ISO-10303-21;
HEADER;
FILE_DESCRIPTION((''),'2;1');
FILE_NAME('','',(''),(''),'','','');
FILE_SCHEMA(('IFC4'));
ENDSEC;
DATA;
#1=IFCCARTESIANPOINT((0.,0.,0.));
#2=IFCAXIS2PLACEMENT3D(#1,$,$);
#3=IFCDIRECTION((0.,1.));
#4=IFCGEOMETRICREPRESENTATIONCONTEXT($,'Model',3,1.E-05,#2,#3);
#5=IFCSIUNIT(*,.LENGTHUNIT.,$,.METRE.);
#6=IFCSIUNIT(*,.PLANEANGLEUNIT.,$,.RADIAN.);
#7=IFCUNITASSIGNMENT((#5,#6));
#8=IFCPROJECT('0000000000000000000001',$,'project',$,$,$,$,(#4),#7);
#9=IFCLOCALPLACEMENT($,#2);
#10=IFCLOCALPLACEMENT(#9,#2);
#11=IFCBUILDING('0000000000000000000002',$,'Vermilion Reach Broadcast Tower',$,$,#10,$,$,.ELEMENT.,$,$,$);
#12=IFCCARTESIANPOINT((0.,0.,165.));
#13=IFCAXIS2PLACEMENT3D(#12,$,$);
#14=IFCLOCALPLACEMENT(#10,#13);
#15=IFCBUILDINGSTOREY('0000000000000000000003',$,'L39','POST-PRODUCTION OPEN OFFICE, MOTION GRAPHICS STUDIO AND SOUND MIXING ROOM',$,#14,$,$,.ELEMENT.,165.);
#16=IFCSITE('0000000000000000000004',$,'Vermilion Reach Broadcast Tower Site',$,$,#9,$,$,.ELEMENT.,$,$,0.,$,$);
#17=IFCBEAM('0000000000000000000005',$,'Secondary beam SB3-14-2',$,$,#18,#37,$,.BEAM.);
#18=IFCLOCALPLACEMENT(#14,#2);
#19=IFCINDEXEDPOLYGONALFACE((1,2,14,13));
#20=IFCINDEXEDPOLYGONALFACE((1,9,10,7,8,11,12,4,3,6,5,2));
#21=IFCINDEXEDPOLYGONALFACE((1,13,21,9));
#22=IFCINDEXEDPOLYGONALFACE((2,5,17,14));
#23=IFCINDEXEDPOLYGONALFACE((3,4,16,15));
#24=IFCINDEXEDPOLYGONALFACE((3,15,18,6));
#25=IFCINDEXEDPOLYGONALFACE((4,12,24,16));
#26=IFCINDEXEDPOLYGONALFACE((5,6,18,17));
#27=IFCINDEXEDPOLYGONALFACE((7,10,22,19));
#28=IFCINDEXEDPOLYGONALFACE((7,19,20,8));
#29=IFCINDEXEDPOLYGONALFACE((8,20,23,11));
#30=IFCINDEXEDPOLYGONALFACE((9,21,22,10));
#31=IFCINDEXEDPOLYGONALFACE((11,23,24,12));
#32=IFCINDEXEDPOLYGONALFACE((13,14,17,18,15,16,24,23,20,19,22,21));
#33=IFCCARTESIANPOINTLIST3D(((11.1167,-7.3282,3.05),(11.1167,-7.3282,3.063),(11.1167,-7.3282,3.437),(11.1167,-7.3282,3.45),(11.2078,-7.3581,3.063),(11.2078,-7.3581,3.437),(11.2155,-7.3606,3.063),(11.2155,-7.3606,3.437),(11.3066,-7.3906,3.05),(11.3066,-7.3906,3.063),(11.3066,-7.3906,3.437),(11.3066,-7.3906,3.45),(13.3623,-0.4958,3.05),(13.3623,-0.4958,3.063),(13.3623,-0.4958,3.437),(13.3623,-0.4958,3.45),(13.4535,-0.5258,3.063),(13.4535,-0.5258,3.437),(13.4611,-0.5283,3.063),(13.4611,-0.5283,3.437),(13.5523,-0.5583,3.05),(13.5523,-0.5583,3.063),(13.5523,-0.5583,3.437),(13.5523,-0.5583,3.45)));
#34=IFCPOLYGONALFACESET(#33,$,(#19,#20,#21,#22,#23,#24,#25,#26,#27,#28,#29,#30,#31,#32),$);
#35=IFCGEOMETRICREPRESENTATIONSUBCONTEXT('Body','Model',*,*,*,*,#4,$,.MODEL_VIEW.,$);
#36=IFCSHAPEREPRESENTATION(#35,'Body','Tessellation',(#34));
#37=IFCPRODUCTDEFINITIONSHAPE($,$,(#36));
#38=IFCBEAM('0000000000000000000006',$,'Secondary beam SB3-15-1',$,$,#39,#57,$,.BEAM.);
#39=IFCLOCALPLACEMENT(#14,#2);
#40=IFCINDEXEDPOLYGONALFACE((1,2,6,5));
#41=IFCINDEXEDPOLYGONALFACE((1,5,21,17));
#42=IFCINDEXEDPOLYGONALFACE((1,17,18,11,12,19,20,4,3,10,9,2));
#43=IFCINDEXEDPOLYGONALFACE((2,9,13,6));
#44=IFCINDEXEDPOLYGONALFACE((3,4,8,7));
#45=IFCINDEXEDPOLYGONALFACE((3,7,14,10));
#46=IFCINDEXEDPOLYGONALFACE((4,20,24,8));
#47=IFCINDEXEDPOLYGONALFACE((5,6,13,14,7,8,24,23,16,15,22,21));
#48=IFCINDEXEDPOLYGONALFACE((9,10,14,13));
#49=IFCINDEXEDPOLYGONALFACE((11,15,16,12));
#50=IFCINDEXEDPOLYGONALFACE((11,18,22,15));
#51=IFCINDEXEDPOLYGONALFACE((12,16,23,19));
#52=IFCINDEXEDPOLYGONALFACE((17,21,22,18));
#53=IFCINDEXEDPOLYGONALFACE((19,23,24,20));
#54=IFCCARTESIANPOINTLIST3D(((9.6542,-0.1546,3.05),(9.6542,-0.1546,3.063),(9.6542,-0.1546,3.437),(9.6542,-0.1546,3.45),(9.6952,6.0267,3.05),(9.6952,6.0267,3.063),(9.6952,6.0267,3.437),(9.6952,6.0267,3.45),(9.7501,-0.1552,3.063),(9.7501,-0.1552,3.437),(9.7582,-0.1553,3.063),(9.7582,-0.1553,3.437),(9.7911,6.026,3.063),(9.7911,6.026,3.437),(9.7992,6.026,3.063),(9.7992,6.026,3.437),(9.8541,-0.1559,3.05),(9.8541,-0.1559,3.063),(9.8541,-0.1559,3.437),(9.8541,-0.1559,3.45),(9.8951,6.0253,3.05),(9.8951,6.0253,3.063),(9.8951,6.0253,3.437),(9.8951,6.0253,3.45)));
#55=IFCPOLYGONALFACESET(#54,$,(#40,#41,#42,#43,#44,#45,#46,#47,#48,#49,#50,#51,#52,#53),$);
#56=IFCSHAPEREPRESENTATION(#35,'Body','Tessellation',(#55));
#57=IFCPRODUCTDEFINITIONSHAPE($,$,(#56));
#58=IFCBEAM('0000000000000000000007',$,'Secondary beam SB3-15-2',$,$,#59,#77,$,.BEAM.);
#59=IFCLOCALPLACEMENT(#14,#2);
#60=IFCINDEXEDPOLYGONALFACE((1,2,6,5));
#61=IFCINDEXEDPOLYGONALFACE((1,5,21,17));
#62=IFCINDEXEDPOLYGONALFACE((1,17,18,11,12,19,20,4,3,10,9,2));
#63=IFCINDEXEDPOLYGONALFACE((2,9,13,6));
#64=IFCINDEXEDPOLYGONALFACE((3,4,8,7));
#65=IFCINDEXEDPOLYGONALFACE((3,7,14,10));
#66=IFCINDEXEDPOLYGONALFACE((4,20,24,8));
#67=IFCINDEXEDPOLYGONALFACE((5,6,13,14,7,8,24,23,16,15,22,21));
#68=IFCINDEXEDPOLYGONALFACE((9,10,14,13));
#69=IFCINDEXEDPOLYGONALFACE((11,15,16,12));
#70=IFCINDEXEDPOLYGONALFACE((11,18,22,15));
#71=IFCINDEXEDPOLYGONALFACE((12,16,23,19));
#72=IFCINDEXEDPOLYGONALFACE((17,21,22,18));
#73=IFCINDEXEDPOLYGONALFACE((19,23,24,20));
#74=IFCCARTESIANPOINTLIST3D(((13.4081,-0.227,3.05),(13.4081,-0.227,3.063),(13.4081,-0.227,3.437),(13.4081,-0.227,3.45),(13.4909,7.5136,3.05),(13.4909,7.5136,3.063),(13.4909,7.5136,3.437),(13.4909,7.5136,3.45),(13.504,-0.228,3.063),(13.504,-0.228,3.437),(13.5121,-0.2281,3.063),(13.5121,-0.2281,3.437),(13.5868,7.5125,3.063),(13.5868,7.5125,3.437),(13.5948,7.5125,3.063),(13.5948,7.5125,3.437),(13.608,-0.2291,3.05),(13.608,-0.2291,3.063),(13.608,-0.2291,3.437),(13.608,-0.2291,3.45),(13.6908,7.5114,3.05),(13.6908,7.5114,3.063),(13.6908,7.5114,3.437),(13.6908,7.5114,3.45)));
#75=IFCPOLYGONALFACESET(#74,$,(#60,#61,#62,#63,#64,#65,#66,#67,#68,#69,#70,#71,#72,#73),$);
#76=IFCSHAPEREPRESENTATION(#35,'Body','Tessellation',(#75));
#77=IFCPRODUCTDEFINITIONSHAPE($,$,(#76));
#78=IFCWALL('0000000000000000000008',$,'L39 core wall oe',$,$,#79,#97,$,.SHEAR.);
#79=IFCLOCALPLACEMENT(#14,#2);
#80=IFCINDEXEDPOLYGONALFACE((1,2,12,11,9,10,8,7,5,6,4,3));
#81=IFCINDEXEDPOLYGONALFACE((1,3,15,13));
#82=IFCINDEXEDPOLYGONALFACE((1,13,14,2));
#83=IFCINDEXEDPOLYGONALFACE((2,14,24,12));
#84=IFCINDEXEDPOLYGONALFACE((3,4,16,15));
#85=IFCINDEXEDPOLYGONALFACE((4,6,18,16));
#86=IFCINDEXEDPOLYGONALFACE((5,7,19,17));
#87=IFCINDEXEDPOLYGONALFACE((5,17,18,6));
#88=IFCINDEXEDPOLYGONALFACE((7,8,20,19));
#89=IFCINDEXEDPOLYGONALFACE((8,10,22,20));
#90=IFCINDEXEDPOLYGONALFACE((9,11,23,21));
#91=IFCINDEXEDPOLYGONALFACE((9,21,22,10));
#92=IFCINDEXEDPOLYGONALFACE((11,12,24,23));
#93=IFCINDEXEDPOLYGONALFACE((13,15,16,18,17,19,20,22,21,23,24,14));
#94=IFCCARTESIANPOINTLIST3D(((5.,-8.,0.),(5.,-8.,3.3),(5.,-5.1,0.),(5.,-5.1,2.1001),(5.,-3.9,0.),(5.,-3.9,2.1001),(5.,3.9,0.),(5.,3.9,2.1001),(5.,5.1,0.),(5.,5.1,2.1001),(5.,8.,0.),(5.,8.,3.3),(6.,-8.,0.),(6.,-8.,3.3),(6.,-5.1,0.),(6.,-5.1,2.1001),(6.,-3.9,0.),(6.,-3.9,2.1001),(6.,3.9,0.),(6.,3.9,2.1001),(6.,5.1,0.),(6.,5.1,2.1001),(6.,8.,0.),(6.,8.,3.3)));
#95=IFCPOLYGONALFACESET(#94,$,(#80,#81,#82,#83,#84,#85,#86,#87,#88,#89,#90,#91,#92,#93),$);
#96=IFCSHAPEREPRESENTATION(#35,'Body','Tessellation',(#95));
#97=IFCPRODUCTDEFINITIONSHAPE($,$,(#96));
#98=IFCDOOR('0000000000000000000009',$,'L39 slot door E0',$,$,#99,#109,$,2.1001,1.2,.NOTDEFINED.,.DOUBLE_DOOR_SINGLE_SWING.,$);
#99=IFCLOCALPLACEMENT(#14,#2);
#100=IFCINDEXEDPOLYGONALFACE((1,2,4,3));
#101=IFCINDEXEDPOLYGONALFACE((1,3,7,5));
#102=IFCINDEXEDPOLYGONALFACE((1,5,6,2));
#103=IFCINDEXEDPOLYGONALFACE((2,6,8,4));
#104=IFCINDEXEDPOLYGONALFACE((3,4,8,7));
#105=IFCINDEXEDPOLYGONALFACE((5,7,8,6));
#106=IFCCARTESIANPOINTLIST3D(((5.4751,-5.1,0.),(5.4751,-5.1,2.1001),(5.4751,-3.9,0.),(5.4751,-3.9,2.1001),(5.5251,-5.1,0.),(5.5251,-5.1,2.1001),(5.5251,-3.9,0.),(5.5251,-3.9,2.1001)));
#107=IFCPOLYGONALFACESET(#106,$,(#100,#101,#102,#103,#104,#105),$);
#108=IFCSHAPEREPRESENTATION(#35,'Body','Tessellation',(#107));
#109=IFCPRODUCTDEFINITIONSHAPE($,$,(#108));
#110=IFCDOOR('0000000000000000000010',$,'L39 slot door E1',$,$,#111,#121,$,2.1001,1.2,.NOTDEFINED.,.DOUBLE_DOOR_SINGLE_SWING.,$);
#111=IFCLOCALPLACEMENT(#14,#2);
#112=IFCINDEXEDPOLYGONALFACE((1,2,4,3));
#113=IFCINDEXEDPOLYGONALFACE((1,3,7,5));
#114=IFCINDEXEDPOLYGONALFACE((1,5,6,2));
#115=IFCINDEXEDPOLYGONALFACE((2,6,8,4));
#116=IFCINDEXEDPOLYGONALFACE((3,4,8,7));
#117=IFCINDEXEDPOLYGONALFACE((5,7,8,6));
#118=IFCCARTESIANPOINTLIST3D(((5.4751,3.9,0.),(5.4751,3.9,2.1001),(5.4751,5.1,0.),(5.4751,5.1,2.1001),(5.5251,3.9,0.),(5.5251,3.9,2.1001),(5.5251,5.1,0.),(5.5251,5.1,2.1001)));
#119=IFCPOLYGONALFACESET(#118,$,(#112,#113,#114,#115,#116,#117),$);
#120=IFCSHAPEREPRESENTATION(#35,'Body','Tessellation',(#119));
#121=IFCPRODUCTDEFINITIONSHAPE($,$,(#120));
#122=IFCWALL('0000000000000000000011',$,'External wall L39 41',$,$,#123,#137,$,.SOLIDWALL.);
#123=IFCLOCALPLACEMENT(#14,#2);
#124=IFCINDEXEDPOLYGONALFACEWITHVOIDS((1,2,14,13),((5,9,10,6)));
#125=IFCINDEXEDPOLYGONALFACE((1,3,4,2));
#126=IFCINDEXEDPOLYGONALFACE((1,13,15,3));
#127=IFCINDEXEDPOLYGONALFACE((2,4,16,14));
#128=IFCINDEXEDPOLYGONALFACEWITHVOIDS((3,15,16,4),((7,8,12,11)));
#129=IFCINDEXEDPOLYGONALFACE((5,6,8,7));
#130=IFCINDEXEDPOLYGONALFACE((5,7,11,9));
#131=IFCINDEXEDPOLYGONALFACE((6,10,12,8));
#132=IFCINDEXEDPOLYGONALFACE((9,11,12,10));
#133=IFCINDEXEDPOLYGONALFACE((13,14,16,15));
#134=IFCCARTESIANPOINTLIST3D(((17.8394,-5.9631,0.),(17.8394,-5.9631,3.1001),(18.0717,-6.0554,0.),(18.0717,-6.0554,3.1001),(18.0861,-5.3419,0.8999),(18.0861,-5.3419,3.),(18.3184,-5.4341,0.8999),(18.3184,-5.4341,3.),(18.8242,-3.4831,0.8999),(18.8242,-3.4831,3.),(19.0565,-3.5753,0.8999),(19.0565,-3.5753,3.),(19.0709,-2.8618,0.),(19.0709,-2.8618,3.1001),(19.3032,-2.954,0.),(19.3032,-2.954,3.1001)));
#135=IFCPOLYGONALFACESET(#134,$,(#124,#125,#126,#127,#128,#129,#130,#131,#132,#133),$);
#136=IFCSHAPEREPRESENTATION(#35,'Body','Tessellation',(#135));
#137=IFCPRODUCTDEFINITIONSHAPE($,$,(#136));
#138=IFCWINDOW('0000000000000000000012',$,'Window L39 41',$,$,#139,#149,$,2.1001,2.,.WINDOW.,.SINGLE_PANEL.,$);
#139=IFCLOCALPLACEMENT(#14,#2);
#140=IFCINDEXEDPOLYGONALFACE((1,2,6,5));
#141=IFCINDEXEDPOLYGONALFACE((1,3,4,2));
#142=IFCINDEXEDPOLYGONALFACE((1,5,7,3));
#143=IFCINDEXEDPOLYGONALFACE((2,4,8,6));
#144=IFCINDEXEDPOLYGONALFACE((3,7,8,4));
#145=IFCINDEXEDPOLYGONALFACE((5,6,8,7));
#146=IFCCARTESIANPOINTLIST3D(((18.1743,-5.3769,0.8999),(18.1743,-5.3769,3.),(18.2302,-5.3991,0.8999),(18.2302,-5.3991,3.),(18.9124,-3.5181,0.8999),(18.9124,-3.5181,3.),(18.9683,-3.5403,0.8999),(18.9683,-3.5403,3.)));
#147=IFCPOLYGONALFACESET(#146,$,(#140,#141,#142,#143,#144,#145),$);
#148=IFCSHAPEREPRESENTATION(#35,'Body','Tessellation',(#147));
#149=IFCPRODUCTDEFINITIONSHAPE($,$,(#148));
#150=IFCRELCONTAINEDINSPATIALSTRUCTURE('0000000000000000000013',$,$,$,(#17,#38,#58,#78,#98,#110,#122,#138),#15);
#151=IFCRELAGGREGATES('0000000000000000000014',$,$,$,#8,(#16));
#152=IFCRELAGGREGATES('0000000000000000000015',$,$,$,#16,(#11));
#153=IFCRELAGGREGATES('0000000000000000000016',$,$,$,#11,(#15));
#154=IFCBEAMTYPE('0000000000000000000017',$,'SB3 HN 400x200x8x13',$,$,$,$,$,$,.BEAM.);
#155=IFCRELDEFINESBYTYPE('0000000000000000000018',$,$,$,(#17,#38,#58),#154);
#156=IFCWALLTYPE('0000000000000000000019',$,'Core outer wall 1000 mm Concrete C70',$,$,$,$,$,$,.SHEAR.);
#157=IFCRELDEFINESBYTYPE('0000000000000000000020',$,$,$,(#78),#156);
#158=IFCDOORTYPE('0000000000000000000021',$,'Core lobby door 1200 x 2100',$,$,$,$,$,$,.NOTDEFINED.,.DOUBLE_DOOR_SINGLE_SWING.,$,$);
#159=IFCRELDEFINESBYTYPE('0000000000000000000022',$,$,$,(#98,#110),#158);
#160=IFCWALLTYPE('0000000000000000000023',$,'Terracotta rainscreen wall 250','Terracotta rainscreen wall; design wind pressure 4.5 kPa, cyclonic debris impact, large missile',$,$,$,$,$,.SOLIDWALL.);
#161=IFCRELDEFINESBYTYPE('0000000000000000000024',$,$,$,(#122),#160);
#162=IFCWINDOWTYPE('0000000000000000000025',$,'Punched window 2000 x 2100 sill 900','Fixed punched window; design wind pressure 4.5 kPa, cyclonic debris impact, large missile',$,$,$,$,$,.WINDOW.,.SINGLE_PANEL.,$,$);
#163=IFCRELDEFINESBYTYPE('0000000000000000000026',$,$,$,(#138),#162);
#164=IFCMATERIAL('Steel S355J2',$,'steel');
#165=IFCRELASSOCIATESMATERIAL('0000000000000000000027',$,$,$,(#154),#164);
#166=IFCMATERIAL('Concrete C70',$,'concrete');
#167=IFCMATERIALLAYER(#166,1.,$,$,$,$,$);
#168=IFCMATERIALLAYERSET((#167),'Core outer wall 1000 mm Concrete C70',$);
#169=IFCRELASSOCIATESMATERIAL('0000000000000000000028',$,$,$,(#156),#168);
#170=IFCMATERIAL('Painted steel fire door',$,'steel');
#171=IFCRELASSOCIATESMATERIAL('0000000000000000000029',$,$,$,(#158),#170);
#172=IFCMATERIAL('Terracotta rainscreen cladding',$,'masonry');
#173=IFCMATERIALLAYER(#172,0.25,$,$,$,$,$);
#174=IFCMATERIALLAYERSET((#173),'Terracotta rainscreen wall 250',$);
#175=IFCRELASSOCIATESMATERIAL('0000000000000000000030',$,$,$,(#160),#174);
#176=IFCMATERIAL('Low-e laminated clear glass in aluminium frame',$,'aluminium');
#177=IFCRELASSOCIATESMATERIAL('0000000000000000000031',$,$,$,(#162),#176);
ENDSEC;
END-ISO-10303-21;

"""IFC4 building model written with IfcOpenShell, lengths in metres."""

from ifc_helpers import new_model, si_unit, direction, frame, frame_2d, origin, origin_2d, place, context, subcontext, project, spatial, rectangle, i_section, extrude, material, layer, layer_set, material_profile, profile_set, type_object, element, fill, save


model = new_model("IFC4")

# Units and contexts
model_context = context("Model", 3, precision=1e-05, world=origin(), true_north=direction((0.0, 1.0)))
body_context = subcontext(model_context, "Body", "Model", "MODEL_VIEW")
ifc_project = project(units=[si_unit("LENGTHUNIT", "METRE"), si_unit("PLANEANGLEUNIT", "RADIAN")], contexts=[model_context])

# Site, building, storey
site_placement = place(None, origin())
site = spatial("IfcSite", under=ifc_project, at=site_placement, Name="Vermilion Reach Broadcast Tower Site", CompositionType="ELEMENT", RefElevation=0.0)
building_placement = place(site_placement, origin())
building = spatial("IfcBuilding", under=site, at=building_placement, Name="Vermilion Reach Broadcast Tower", CompositionType="ELEMENT")
storey_placement = place(building_placement, frame((0.0, 0.0, 165.0)))
storey = spatial("IfcBuildingStorey", under=building, at=storey_placement, Name="L39", Description="POST-PRODUCTION OPEN OFFICE, MOTION GRAPHICS STUDIO AND SOUND MIXING ROOM", CompositionType="ELEMENT", Elevation=165.0)

# Beams
ifc_material_1 = material(Name="Steel S355J2", Category="steel")
ifc_material_profile_1 = material_profile(ifc_material_1, i_section(OverallWidth=0.2, OverallDepth=0.3999, WebThickness=0.0081, FlangeThickness=0.0129, at=origin_2d()), Name="S355J2 HN 400x200x8x13")
ifc_profile_set_1 = profile_set([ifc_material_profile_1], Name="Steel S355J2")
beam_type_1 = type_object("IfcBeamType", Name="SB3 HN 400x200x8x13", PredefinedType="BEAM", material=ifc_profile_set_1)
beam_1_placement = place(storey_placement, frame((11.2117, -7.3594, 3.25), z_axis=(0.312243, 0.950002, 0.0), x_axis=(-0.950002, 0.312243, 0.0)))
element("IfcBeam", 1, at=beam_1_placement, inside=storey, type_object=beam_type_1, Name="Secondary beam SB3-14-2", PredefinedType="BEAM", context=body_context, shape_type="SweptSolid", body=[
    extrude(i_section(OverallWidth=0.2, OverallDepth=0.3999, WebThickness=0.0081, FlangeThickness=0.0129, at=origin_2d()), origin(), (0.0, 0.0, 1.0), 7.1919),
])
beam_2_placement = place(storey_placement, frame((9.7542, -0.1553, 3.25), z_axis=(0.006635, 0.999978, 0.0), x_axis=(-0.999978, 0.006635, 0.0)))
element("IfcBeam", 2, at=beam_2_placement, inside=storey, type_object=beam_type_1, Name="Secondary beam SB3-15-1", PredefinedType="BEAM", context=body_context, shape_type="SweptSolid", body=[
    extrude(i_section(OverallWidth=0.2, OverallDepth=0.3999, WebThickness=0.0081, FlangeThickness=0.0129, at=origin_2d()), origin(), (0.0, 0.0, 1.0), 6.1814),
])
beam_3_placement = place(storey_placement, frame((13.5081, -0.228, 3.25), z_axis=(0.010692, 0.999943, 0.0), x_axis=(-0.999943, 0.010692, 0.0)))
element("IfcBeam", 3, at=beam_3_placement, inside=storey, type_object=beam_type_1, Name="Secondary beam SB3-15-2", PredefinedType="BEAM", context=body_context, shape_type="SweptSolid", body=[
    extrude(i_section(OverallWidth=0.2, OverallDepth=0.3999, WebThickness=0.0081, FlangeThickness=0.0129, at=origin_2d()), origin(), (0.0, 0.0, 1.0), 7.741),
])

# Wall, openings, doors
ifc_material_2 = material(Name="Concrete C70", Category="concrete")
ifc_layer_1 = layer(ifc_material_2, 1.0)
ifc_layer_set_1 = layer_set([ifc_layer_1], Name="Core outer wall 1000 mm Concrete C70")
wall_type_1 = type_object("IfcWallType", Name="Core outer wall 1000 mm Concrete C70", PredefinedType="SHEAR", material=ifc_layer_set_1)
wall_1_placement = place(storey_placement, frame((5.5, -8.0, 0.0), z_axis=(0.0, 0.0, 1.0), x_axis=(0.0, 1.0, 0.0)))
wall_1 = element("IfcWall", 4, at=wall_1_placement, inside=storey, type_object=wall_type_1, Name="L39 core wall oe", PredefinedType="SHEAR", context=body_context, shape_type="SweptSolid", body=[
    extrude(rectangle(XDim=16.0, YDim=1.0, at=frame_2d((8.0, 0.0))), origin(), (0.0, 0.0, 1.0), 3.3),
])
opening_1_placement = place(wall_1_placement, frame((2.8999, 0.0, 0.0)))
opening_1 = element("IfcOpeningElement", 5, at=opening_1_placement, cuts=wall_1, PredefinedType="OPENING", context=body_context, shape_type="SweptSolid", body=[
    extrude(rectangle(XDim=1.2, YDim=2.1001, at=frame_2d((0.6001, 1.05))), frame((0.0, 0.51, 0.0), z_axis=(0.0, -1.0, 0.0), x_axis=(1.0, 0.0, 0.0)), (0.0, 0.0, 1.0), 1.02),
])
opening_2_placement = place(wall_1_placement, frame((11.8999, 0.0, 0.0)))
opening_2 = element("IfcOpeningElement", 6, at=opening_2_placement, cuts=wall_1, PredefinedType="OPENING", context=body_context, shape_type="SweptSolid", body=[
    extrude(rectangle(XDim=1.2, YDim=2.1001, at=frame_2d((0.6001, 1.05))), frame((0.0, 0.51, 0.0), z_axis=(0.0, -1.0, 0.0), x_axis=(1.0, 0.0, 0.0)), (0.0, 0.0, 1.0), 1.02),
])
ifc_material_3 = material(Name="Painted steel fire door", Category="steel")
door_type_1 = type_object("IfcDoorType", Name="Core lobby door 1200 x 2100", OperationType="DOUBLE_DOOR_SINGLE_SWING", PredefinedType="NOTDEFINED", material=ifc_material_3)
door_1_placement = place(opening_1_placement, origin())
door_1 = element("IfcDoor", 7, at=door_1_placement, inside=storey, type_object=door_type_1, Name="L39 slot door E0", OperationType="DOUBLE_DOOR_SINGLE_SWING", OverallHeight=2.1001, OverallWidth=1.2, PredefinedType="NOTDEFINED", context=body_context, shape_type="SweptSolid", body=[
    extrude(rectangle(XDim=1.2, YDim=2.1001, at=frame_2d((0.6001, 1.05))), frame((0.0, 0.0249, 0.0), z_axis=(0.0, -1.0, 0.0), x_axis=(1.0, 0.0, 0.0)), (0.0, 0.0, 1.0), 0.05),
])
fill(opening_1, door_1)
door_2_placement = place(opening_2_placement, origin())
door_2 = element("IfcDoor", 8, at=door_2_placement, inside=storey, type_object=door_type_1, Name="L39 slot door E1", OperationType="DOUBLE_DOOR_SINGLE_SWING", OverallHeight=2.1001, OverallWidth=1.2, PredefinedType="NOTDEFINED", context=body_context, shape_type="SweptSolid", body=[
    extrude(rectangle(XDim=1.2, YDim=2.1001, at=frame_2d((0.6001, 1.05))), frame((0.0, 0.0249, 0.0), z_axis=(0.0, -1.0, 0.0), x_axis=(1.0, 0.0, 0.0)), (0.0, 0.0, 1.0), 0.05),
])
fill(opening_2, door_2)

# Shared definitions
ifc_material_4 = material(Name="Terracotta rainscreen cladding", Category="masonry")
ifc_layer_2 = layer(ifc_material_4, 0.25)
ifc_layer_set_2 = layer_set([ifc_layer_2], Name="Terracotta rainscreen wall 250")
wall_type_2 = type_object("IfcWallType", Name="Terracotta rainscreen wall 250", Description="Terracotta rainscreen wall; design wind pressure 4.5 kPa, cyclonic debris impact, large missile", PredefinedType="SOLIDWALL", material=ifc_layer_set_2)

# Wall, opening, window
wall_2_placement = place(storey_placement, frame((17.9556, -6.0093, 0.0), z_axis=(0.0, 0.0, 1.0), x_axis=(0.369043, 0.929412, 0.0)))
wall_2 = element("IfcWall", 9, at=wall_2_placement, inside=storey, type_object=wall_type_2, Name="External wall L39 41", PredefinedType="SOLIDWALL", context=body_context, shape_type="SweptSolid", body=[
    extrude(rectangle(XDim=3.3369, YDim=0.25, at=frame_2d((1.6685, 0.0))), origin(), (0.0, 0.0, 1.0), 3.1001),
])
opening_3_placement = place(wall_2_placement, frame((0.6685, 0.0, 0.8999)))
opening_3 = element("IfcOpeningElement", 10, at=opening_3_placement, cuts=wall_2, PredefinedType="OPENING", context=body_context, shape_type="SweptSolid", body=[
    extrude(rectangle(XDim=2.0, YDim=2.1001, at=frame_2d((1.0, 1.05))), frame((0.0, 0.135, 0.0), z_axis=(0.0, -1.0, 0.0), x_axis=(1.0, 0.0, 0.0)), (0.0, 0.0, 1.0), 0.27),
])
ifc_material_5 = material(Name="Low-e laminated clear glass in aluminium frame", Category="aluminium")
window_type = type_object("IfcWindowType", Name="Punched window 2000 x 2100 sill 900", Description="Fixed punched window; design wind pressure 4.5 kPa, cyclonic debris impact, large missile", PartitioningType="SINGLE_PANEL", PredefinedType="WINDOW", material=ifc_material_5)
window_1_placement = place(opening_3_placement, origin())
window_1 = element("IfcWindow", 11, at=window_1_placement, inside=storey, type_object=window_type, Name="Window L39 41", OverallHeight=2.1001, OverallWidth=2.0, PartitioningType="SINGLE_PANEL", PredefinedType="WINDOW", context=body_context, shape_type="SweptSolid", body=[
    extrude(rectangle(XDim=2.0, YDim=2.1001, at=frame_2d((1.0, 1.05))), frame((0.0, 0.03, 0.0), z_axis=(0.0, -1.0, 0.0), x_axis=(1.0, 0.0, 0.0)), (0.0, 0.0, 1.0), 0.0601),
])
fill(opening_3, window_1)

save(model, "model.ifc")
